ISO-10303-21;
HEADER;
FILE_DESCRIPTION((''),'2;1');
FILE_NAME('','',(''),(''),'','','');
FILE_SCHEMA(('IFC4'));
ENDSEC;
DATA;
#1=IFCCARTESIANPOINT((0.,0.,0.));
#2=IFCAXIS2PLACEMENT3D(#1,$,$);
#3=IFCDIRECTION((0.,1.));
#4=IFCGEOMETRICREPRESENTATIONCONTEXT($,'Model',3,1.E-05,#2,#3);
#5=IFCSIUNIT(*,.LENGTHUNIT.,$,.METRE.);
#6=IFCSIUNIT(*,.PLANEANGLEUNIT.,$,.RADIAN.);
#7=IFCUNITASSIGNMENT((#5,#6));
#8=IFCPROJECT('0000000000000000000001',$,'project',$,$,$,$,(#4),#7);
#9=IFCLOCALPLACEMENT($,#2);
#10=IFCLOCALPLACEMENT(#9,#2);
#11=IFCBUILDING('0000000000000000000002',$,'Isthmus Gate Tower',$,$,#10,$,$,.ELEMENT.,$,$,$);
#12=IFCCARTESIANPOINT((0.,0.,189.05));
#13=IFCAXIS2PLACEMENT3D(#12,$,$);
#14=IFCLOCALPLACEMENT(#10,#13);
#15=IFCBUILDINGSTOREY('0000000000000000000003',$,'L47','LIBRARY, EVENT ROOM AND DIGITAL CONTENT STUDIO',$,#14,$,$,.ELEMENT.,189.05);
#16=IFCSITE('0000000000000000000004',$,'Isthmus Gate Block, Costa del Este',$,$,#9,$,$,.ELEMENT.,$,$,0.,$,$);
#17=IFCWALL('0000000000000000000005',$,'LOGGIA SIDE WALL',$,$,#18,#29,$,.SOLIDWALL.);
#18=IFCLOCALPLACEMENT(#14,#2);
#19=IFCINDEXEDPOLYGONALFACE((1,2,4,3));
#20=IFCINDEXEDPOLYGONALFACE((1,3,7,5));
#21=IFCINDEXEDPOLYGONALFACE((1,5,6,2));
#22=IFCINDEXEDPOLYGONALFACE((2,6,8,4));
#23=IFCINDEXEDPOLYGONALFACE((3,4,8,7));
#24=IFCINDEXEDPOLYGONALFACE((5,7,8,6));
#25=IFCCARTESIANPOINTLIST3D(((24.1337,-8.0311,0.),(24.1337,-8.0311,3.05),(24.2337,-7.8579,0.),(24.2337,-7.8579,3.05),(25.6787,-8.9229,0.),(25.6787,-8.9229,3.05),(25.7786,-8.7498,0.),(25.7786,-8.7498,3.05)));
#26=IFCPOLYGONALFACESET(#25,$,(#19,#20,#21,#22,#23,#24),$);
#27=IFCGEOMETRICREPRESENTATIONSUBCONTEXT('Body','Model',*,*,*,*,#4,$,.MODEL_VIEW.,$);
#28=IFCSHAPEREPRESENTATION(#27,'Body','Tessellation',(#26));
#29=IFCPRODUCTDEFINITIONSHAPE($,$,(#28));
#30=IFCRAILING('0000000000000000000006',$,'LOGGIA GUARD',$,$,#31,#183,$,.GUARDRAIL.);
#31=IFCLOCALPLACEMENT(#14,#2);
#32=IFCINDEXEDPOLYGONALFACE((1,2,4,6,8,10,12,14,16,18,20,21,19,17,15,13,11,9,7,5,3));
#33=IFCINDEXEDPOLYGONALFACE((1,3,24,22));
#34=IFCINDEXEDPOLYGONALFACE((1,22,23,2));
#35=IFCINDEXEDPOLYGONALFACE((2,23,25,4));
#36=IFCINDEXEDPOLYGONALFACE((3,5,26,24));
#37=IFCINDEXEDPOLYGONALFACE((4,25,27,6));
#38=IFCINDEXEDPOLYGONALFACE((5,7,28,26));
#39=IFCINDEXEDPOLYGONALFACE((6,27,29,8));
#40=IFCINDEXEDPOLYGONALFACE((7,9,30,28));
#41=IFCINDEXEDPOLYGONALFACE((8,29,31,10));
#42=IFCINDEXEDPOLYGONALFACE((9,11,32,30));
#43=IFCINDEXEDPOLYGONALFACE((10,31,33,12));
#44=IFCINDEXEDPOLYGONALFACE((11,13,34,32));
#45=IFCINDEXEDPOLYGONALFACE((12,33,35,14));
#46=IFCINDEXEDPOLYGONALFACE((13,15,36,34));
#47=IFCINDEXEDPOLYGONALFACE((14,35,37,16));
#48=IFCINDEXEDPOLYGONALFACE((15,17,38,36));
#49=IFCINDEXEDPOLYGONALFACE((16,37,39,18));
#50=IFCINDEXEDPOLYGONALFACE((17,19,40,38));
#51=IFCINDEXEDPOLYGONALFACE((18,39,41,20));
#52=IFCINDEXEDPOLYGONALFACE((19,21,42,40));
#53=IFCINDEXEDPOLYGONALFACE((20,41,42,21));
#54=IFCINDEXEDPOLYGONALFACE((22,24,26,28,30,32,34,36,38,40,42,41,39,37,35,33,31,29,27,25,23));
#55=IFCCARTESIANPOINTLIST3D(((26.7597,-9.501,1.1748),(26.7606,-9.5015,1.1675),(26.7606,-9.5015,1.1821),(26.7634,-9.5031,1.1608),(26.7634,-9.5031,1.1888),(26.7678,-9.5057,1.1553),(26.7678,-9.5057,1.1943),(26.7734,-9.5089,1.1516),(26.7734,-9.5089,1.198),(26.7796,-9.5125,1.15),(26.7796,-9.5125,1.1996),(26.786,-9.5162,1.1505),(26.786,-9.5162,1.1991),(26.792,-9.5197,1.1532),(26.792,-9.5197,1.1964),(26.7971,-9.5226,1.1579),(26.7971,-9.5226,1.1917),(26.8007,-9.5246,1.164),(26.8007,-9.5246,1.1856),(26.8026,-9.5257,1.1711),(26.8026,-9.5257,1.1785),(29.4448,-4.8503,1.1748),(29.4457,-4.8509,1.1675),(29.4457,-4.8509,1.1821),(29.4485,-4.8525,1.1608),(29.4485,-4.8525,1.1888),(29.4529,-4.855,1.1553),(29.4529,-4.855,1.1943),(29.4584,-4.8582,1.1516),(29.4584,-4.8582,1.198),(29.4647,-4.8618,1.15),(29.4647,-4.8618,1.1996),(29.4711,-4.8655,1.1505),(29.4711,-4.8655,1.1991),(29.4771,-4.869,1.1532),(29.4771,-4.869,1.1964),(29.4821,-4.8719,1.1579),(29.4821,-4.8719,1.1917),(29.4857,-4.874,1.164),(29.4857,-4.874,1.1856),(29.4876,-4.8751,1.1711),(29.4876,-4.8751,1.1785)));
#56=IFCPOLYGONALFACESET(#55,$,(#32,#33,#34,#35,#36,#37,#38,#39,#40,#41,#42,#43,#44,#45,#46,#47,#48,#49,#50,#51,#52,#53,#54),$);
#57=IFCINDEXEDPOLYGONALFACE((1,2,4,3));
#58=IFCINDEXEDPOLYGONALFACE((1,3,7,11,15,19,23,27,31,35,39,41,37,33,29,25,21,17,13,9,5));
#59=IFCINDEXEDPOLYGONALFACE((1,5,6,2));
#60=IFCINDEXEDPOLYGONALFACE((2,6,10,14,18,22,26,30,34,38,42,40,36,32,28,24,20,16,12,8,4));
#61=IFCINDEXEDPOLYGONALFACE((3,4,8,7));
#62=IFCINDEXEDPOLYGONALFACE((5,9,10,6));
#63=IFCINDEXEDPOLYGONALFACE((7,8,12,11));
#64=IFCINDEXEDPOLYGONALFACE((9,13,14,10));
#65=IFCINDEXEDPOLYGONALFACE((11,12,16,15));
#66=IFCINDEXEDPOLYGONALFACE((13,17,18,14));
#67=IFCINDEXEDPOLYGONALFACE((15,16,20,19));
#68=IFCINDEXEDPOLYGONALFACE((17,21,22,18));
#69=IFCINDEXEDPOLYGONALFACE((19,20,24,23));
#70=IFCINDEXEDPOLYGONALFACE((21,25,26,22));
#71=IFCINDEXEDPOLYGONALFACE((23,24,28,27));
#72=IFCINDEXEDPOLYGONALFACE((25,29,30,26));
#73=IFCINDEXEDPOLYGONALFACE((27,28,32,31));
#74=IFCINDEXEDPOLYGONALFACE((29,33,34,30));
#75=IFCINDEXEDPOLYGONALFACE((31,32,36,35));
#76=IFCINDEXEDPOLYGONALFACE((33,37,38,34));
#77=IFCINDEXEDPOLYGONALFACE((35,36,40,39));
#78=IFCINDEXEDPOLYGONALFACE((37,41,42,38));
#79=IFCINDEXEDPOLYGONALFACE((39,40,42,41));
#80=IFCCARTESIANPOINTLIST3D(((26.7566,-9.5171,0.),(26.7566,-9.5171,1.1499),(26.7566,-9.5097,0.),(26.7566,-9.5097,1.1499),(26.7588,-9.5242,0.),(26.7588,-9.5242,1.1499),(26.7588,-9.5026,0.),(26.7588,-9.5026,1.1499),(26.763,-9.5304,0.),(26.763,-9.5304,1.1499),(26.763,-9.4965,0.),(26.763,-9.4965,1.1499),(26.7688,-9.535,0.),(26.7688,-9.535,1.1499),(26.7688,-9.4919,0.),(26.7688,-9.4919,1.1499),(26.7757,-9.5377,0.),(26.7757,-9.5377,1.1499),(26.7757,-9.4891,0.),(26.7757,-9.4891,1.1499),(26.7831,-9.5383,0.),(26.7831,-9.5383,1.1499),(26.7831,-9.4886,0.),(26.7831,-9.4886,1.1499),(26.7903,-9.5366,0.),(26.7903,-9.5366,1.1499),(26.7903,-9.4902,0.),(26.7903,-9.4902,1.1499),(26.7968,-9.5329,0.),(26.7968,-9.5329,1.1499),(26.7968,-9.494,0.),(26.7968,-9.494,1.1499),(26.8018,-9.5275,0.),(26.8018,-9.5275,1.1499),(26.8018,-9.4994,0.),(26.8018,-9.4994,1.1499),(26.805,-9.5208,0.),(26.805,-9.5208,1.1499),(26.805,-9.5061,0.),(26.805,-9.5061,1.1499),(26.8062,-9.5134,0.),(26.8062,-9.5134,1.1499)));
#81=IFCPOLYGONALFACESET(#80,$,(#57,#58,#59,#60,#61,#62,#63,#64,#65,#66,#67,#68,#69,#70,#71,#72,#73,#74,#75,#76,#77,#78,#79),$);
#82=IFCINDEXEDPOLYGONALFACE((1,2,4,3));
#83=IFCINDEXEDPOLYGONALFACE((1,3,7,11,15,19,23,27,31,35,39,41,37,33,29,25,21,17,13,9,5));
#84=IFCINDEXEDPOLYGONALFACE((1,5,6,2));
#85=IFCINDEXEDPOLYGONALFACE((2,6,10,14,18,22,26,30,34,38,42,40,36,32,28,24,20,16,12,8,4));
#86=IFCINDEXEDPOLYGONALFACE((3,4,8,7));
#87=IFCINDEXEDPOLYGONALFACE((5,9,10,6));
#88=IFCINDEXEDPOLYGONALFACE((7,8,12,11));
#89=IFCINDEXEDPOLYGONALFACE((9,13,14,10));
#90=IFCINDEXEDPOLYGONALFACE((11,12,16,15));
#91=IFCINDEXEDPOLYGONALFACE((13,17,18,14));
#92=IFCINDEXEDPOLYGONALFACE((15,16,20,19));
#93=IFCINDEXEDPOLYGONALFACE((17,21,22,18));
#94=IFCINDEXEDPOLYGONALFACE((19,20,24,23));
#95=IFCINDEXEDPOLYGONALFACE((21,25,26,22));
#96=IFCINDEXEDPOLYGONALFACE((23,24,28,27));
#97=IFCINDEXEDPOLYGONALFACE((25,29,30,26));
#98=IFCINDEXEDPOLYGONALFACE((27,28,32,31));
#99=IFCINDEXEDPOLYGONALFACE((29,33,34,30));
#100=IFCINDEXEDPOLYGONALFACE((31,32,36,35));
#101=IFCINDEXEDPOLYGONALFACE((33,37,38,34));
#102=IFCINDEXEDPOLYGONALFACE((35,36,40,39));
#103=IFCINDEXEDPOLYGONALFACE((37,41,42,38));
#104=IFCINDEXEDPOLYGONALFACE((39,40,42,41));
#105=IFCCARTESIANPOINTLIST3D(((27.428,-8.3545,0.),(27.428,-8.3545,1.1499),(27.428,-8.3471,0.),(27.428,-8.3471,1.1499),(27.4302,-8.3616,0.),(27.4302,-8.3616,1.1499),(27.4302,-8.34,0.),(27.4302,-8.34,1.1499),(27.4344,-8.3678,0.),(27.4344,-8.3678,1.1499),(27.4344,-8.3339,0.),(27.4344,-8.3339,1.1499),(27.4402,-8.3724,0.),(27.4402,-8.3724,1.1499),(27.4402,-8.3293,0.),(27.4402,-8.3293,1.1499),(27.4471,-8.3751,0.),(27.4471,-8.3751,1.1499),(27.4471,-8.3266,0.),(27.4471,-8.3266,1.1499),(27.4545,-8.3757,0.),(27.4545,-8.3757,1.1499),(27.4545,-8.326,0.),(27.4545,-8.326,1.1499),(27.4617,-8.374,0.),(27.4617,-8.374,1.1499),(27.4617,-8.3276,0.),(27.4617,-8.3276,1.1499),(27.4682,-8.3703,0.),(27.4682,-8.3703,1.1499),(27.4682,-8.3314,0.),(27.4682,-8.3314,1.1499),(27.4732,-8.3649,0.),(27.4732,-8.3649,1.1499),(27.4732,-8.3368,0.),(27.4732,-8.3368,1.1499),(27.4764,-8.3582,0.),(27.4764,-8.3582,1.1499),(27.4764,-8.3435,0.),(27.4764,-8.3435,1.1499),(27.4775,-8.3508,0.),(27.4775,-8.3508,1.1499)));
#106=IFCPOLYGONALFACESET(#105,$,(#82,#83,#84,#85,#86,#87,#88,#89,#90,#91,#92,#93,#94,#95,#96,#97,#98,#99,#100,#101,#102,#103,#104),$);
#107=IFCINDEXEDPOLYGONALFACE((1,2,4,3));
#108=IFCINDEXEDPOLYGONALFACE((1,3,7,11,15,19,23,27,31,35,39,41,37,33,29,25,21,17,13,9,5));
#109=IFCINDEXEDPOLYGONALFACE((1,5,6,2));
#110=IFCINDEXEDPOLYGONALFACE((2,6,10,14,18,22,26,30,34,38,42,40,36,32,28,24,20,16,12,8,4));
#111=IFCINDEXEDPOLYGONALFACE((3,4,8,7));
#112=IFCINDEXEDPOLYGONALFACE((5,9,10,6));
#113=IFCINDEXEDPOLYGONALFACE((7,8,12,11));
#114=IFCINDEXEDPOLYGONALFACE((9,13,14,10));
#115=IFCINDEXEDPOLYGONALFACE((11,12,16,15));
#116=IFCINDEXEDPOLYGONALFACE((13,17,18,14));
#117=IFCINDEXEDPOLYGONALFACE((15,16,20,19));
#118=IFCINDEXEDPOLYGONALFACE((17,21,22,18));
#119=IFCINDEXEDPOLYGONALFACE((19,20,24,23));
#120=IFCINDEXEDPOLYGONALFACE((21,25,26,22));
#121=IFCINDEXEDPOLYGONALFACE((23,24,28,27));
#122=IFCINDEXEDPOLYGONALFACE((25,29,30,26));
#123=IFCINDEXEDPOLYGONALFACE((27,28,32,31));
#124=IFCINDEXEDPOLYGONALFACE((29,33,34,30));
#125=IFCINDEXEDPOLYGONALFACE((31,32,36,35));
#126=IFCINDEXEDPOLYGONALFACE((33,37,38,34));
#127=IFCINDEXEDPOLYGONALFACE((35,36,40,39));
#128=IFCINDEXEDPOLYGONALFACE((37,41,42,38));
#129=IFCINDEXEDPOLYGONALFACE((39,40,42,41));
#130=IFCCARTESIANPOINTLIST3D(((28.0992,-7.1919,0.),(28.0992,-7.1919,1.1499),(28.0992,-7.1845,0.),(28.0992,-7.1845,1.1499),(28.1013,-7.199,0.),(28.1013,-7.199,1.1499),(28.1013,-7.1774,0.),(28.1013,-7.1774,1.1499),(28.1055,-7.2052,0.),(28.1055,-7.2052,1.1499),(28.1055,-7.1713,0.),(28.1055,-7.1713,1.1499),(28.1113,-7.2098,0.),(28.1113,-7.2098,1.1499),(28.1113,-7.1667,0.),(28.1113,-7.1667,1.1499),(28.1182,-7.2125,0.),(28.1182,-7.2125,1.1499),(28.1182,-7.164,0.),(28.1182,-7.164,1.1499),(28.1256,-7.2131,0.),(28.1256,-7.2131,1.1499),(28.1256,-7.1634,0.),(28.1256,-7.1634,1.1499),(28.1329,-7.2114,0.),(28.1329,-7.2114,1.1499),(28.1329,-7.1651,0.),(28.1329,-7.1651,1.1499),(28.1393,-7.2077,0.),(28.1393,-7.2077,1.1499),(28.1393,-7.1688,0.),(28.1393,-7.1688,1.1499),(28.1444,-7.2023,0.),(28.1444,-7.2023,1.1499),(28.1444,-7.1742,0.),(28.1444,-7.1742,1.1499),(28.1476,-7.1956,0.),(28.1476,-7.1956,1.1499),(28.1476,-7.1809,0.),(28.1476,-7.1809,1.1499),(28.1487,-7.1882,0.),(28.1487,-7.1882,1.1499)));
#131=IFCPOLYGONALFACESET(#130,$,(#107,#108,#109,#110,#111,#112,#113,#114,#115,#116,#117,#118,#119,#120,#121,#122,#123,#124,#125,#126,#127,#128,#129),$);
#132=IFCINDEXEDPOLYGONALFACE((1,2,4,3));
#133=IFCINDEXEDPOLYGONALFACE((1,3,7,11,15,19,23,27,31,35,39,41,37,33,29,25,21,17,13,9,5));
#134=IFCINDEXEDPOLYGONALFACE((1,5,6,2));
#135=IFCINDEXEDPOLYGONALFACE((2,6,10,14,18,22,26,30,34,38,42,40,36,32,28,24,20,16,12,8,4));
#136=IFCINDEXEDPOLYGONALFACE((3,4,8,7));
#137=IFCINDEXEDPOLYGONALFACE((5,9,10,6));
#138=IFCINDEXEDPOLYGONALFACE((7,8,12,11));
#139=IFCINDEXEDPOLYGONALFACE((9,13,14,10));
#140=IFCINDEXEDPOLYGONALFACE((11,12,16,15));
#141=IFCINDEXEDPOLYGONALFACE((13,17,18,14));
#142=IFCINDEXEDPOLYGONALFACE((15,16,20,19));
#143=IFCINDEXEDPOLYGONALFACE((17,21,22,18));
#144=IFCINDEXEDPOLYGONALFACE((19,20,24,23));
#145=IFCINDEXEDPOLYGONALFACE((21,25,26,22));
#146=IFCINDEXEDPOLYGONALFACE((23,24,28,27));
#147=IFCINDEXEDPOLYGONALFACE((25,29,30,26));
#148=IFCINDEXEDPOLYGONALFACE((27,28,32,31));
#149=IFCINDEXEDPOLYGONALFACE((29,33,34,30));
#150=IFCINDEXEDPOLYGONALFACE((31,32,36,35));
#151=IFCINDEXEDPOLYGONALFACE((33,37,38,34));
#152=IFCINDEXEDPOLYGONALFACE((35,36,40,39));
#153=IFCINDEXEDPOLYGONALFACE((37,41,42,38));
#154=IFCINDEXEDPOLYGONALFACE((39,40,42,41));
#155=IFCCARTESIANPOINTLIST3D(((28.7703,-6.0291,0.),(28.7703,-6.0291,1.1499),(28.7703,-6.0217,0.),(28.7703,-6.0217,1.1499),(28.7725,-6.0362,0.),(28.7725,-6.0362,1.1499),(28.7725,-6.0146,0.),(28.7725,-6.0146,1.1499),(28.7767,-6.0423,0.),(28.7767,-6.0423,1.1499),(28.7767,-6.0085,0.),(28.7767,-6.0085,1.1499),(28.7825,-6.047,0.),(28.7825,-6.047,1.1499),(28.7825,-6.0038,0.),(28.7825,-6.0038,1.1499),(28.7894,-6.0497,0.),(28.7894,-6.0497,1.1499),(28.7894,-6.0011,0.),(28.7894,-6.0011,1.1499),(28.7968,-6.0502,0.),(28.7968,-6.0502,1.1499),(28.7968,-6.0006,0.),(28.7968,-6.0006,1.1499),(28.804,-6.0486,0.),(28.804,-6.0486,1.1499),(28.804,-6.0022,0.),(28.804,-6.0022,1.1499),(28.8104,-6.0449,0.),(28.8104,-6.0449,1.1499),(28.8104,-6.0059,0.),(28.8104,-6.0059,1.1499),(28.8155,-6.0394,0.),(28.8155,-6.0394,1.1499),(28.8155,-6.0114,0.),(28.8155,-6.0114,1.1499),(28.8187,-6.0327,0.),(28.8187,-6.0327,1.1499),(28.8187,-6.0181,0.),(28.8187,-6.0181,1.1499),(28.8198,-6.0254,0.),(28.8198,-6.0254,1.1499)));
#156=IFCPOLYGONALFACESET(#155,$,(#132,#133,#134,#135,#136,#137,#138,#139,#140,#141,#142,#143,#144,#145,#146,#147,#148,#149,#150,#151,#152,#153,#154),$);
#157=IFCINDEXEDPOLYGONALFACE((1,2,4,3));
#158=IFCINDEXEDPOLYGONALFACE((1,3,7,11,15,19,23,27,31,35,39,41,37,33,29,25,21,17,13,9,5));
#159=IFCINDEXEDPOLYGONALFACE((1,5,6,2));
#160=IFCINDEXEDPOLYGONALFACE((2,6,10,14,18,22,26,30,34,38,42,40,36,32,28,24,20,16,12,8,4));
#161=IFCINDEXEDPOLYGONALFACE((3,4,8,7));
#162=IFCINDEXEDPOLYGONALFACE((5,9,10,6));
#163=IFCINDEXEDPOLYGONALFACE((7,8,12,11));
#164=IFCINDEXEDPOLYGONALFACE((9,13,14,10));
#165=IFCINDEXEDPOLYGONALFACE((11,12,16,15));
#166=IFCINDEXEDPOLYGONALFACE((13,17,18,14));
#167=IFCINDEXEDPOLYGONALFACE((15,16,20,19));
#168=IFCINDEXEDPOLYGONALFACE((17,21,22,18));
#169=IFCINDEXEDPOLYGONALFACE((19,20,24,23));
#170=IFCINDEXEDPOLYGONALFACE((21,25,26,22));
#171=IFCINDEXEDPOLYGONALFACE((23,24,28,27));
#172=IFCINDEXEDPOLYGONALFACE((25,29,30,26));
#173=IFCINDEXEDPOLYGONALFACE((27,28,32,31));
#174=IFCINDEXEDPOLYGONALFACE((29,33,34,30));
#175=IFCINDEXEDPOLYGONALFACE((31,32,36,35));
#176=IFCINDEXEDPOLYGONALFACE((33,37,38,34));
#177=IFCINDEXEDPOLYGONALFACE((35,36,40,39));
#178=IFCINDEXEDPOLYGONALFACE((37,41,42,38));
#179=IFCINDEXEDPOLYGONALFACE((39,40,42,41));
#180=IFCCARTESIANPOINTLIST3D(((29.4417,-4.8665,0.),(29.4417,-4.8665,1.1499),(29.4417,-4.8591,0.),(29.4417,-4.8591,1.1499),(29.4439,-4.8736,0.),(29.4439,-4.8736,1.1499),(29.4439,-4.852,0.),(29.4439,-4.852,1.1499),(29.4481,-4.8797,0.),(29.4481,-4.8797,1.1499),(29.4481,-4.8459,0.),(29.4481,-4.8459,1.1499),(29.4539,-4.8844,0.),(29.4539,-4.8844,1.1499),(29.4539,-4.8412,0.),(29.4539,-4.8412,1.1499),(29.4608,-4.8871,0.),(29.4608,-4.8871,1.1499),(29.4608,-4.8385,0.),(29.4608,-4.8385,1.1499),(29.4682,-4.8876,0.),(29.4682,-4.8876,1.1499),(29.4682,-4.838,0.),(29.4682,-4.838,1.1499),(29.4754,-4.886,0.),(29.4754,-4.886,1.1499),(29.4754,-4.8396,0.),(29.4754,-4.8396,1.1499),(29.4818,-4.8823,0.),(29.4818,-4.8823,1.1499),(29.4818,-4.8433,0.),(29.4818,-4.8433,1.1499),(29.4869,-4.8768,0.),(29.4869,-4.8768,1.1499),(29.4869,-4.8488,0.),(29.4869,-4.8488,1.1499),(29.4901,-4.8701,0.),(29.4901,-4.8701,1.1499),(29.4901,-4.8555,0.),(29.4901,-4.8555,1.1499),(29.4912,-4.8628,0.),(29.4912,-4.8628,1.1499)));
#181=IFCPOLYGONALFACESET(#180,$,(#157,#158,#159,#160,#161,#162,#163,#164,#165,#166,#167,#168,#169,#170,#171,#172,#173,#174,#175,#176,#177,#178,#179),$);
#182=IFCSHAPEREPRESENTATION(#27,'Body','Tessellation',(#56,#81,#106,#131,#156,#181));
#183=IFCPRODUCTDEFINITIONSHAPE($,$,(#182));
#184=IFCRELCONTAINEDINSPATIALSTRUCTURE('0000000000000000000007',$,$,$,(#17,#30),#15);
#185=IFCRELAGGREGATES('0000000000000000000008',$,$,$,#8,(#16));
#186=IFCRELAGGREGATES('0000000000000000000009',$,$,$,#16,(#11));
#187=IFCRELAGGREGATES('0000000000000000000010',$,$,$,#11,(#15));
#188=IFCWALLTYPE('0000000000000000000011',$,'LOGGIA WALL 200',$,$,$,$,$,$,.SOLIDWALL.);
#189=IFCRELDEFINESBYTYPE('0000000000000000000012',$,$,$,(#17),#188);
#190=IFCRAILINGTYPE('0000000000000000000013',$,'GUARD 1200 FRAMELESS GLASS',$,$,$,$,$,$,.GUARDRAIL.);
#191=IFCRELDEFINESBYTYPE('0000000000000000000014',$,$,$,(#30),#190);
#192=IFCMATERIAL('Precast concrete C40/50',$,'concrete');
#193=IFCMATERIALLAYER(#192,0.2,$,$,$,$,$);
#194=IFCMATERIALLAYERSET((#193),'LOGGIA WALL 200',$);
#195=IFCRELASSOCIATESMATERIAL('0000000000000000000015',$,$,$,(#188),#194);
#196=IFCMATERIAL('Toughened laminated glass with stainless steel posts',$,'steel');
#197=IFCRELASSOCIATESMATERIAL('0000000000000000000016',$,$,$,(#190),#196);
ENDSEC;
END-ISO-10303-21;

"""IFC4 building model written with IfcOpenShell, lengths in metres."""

from ifc_helpers import new_model, si_unit, direction, frame, frame_2d, origin, origin_2d, place, context, subcontext, project, spatial, rectangle, circle, extrude, material, layer, layer_set, type_object, element, save


model = new_model("IFC4")

# Units and contexts
model_context = context("Model", 3, precision=1e-05, world=origin(), true_north=direction((0.0, 1.0)))
body_context = subcontext(model_context, "Body", "Model", "MODEL_VIEW")
ifc_project = project(units=[si_unit("LENGTHUNIT", "METRE"), si_unit("PLANEANGLEUNIT", "RADIAN")], contexts=[model_context])

# Site, building, storey
site_placement = place(None, origin())
site = spatial("IfcSite", under=ifc_project, at=site_placement, Name="Isthmus Gate Block, Costa del Este", CompositionType="ELEMENT", RefElevation=0.0)
building_placement = place(site_placement, origin())
building = spatial("IfcBuilding", under=site, at=building_placement, Name="Isthmus Gate Tower", CompositionType="ELEMENT")
storey_placement = place(building_placement, frame((0.0, 0.0, 189.05)))
storey = spatial("IfcBuildingStorey", under=building, at=storey_placement, Name="L47", Description="LIBRARY, EVENT ROOM AND DIGITAL CONTENT STUDIO", CompositionType="ELEMENT", Elevation=189.05)

# Wall
ifc_material_1 = material(Name="Precast concrete C40/50", Category="concrete")
ifc_layer_1 = layer(ifc_material_1, 0.2)
ifc_layer_set_1 = layer_set([ifc_layer_1], Name="LOGGIA WALL 200")
wall_type_1 = type_object("IfcWallType", Name="LOGGIA WALL 200", PredefinedType="SOLIDWALL", material=ifc_layer_set_1)
wall_1_placement = place(storey_placement, frame((25.7288, -8.8364, 0.0), z_axis=(0.0, 0.0, 1.0), x_axis=(-0.866053, 0.499951, 0.0)))
element("IfcWall", 1, at=wall_1_placement, inside=storey, type_object=wall_type_1, Name="LOGGIA SIDE WALL", PredefinedType="SOLIDWALL", context=body_context, shape_type="SweptSolid", body=[
    extrude(rectangle(XDim=1.7839, YDim=0.2, at=frame_2d((0.8921, 0.0))), origin(), (0.0, 0.0, 1.0), 3.05),
])

# Railing
ifc_material_2 = material(Name="Toughened laminated glass with stainless steel posts", Category="steel")
railing_type = type_object("IfcRailingType", Name="GUARD 1200 FRAMELESS GLASS", PredefinedType="GUARDRAIL", material=ifc_material_2)
railing_placement = place(storey_placement, frame((26.7812, -9.5134, 0.0)))
element("IfcRailing", 2, at=railing_placement, inside=storey, type_object=railing_type, Name="LOGGIA GUARD", PredefinedType="GUARDRAIL", context=body_context, shape_type="SweptSolid", body=[
    extrude(circle(Radius=0.0249, at=origin_2d()), frame((0.0, 0.0, 1.1748), z_axis=(0.500002, 0.866024, 0.0), x_axis=(-0.866024, 0.500002, 0.0)), (0.0, 0.0, 1.0), 5.3701),
    extrude(circle(Radius=0.0249, at=origin_2d()), origin(), (0.0, 0.0, 1.0), 1.1499),
    extrude(circle(Radius=0.0249, at=origin_2d()), frame((0.6714, 1.1626, 0.0)), (0.0, 0.0, 1.0), 1.1499),
    extrude(circle(Radius=0.0249, at=origin_2d()), frame((1.3425, 2.3252, 0.0)), (0.0, 0.0, 1.0), 1.1499),
    extrude(circle(Radius=0.0249, at=origin_2d()), frame((2.0137, 3.488, 0.0)), (0.0, 0.0, 1.0), 1.1499),
    extrude(circle(Radius=0.0249, at=origin_2d()), frame((2.6851, 4.6506, 0.0)), (0.0, 0.0, 1.0), 1.1499),
])

save(model, "model.ifc")
